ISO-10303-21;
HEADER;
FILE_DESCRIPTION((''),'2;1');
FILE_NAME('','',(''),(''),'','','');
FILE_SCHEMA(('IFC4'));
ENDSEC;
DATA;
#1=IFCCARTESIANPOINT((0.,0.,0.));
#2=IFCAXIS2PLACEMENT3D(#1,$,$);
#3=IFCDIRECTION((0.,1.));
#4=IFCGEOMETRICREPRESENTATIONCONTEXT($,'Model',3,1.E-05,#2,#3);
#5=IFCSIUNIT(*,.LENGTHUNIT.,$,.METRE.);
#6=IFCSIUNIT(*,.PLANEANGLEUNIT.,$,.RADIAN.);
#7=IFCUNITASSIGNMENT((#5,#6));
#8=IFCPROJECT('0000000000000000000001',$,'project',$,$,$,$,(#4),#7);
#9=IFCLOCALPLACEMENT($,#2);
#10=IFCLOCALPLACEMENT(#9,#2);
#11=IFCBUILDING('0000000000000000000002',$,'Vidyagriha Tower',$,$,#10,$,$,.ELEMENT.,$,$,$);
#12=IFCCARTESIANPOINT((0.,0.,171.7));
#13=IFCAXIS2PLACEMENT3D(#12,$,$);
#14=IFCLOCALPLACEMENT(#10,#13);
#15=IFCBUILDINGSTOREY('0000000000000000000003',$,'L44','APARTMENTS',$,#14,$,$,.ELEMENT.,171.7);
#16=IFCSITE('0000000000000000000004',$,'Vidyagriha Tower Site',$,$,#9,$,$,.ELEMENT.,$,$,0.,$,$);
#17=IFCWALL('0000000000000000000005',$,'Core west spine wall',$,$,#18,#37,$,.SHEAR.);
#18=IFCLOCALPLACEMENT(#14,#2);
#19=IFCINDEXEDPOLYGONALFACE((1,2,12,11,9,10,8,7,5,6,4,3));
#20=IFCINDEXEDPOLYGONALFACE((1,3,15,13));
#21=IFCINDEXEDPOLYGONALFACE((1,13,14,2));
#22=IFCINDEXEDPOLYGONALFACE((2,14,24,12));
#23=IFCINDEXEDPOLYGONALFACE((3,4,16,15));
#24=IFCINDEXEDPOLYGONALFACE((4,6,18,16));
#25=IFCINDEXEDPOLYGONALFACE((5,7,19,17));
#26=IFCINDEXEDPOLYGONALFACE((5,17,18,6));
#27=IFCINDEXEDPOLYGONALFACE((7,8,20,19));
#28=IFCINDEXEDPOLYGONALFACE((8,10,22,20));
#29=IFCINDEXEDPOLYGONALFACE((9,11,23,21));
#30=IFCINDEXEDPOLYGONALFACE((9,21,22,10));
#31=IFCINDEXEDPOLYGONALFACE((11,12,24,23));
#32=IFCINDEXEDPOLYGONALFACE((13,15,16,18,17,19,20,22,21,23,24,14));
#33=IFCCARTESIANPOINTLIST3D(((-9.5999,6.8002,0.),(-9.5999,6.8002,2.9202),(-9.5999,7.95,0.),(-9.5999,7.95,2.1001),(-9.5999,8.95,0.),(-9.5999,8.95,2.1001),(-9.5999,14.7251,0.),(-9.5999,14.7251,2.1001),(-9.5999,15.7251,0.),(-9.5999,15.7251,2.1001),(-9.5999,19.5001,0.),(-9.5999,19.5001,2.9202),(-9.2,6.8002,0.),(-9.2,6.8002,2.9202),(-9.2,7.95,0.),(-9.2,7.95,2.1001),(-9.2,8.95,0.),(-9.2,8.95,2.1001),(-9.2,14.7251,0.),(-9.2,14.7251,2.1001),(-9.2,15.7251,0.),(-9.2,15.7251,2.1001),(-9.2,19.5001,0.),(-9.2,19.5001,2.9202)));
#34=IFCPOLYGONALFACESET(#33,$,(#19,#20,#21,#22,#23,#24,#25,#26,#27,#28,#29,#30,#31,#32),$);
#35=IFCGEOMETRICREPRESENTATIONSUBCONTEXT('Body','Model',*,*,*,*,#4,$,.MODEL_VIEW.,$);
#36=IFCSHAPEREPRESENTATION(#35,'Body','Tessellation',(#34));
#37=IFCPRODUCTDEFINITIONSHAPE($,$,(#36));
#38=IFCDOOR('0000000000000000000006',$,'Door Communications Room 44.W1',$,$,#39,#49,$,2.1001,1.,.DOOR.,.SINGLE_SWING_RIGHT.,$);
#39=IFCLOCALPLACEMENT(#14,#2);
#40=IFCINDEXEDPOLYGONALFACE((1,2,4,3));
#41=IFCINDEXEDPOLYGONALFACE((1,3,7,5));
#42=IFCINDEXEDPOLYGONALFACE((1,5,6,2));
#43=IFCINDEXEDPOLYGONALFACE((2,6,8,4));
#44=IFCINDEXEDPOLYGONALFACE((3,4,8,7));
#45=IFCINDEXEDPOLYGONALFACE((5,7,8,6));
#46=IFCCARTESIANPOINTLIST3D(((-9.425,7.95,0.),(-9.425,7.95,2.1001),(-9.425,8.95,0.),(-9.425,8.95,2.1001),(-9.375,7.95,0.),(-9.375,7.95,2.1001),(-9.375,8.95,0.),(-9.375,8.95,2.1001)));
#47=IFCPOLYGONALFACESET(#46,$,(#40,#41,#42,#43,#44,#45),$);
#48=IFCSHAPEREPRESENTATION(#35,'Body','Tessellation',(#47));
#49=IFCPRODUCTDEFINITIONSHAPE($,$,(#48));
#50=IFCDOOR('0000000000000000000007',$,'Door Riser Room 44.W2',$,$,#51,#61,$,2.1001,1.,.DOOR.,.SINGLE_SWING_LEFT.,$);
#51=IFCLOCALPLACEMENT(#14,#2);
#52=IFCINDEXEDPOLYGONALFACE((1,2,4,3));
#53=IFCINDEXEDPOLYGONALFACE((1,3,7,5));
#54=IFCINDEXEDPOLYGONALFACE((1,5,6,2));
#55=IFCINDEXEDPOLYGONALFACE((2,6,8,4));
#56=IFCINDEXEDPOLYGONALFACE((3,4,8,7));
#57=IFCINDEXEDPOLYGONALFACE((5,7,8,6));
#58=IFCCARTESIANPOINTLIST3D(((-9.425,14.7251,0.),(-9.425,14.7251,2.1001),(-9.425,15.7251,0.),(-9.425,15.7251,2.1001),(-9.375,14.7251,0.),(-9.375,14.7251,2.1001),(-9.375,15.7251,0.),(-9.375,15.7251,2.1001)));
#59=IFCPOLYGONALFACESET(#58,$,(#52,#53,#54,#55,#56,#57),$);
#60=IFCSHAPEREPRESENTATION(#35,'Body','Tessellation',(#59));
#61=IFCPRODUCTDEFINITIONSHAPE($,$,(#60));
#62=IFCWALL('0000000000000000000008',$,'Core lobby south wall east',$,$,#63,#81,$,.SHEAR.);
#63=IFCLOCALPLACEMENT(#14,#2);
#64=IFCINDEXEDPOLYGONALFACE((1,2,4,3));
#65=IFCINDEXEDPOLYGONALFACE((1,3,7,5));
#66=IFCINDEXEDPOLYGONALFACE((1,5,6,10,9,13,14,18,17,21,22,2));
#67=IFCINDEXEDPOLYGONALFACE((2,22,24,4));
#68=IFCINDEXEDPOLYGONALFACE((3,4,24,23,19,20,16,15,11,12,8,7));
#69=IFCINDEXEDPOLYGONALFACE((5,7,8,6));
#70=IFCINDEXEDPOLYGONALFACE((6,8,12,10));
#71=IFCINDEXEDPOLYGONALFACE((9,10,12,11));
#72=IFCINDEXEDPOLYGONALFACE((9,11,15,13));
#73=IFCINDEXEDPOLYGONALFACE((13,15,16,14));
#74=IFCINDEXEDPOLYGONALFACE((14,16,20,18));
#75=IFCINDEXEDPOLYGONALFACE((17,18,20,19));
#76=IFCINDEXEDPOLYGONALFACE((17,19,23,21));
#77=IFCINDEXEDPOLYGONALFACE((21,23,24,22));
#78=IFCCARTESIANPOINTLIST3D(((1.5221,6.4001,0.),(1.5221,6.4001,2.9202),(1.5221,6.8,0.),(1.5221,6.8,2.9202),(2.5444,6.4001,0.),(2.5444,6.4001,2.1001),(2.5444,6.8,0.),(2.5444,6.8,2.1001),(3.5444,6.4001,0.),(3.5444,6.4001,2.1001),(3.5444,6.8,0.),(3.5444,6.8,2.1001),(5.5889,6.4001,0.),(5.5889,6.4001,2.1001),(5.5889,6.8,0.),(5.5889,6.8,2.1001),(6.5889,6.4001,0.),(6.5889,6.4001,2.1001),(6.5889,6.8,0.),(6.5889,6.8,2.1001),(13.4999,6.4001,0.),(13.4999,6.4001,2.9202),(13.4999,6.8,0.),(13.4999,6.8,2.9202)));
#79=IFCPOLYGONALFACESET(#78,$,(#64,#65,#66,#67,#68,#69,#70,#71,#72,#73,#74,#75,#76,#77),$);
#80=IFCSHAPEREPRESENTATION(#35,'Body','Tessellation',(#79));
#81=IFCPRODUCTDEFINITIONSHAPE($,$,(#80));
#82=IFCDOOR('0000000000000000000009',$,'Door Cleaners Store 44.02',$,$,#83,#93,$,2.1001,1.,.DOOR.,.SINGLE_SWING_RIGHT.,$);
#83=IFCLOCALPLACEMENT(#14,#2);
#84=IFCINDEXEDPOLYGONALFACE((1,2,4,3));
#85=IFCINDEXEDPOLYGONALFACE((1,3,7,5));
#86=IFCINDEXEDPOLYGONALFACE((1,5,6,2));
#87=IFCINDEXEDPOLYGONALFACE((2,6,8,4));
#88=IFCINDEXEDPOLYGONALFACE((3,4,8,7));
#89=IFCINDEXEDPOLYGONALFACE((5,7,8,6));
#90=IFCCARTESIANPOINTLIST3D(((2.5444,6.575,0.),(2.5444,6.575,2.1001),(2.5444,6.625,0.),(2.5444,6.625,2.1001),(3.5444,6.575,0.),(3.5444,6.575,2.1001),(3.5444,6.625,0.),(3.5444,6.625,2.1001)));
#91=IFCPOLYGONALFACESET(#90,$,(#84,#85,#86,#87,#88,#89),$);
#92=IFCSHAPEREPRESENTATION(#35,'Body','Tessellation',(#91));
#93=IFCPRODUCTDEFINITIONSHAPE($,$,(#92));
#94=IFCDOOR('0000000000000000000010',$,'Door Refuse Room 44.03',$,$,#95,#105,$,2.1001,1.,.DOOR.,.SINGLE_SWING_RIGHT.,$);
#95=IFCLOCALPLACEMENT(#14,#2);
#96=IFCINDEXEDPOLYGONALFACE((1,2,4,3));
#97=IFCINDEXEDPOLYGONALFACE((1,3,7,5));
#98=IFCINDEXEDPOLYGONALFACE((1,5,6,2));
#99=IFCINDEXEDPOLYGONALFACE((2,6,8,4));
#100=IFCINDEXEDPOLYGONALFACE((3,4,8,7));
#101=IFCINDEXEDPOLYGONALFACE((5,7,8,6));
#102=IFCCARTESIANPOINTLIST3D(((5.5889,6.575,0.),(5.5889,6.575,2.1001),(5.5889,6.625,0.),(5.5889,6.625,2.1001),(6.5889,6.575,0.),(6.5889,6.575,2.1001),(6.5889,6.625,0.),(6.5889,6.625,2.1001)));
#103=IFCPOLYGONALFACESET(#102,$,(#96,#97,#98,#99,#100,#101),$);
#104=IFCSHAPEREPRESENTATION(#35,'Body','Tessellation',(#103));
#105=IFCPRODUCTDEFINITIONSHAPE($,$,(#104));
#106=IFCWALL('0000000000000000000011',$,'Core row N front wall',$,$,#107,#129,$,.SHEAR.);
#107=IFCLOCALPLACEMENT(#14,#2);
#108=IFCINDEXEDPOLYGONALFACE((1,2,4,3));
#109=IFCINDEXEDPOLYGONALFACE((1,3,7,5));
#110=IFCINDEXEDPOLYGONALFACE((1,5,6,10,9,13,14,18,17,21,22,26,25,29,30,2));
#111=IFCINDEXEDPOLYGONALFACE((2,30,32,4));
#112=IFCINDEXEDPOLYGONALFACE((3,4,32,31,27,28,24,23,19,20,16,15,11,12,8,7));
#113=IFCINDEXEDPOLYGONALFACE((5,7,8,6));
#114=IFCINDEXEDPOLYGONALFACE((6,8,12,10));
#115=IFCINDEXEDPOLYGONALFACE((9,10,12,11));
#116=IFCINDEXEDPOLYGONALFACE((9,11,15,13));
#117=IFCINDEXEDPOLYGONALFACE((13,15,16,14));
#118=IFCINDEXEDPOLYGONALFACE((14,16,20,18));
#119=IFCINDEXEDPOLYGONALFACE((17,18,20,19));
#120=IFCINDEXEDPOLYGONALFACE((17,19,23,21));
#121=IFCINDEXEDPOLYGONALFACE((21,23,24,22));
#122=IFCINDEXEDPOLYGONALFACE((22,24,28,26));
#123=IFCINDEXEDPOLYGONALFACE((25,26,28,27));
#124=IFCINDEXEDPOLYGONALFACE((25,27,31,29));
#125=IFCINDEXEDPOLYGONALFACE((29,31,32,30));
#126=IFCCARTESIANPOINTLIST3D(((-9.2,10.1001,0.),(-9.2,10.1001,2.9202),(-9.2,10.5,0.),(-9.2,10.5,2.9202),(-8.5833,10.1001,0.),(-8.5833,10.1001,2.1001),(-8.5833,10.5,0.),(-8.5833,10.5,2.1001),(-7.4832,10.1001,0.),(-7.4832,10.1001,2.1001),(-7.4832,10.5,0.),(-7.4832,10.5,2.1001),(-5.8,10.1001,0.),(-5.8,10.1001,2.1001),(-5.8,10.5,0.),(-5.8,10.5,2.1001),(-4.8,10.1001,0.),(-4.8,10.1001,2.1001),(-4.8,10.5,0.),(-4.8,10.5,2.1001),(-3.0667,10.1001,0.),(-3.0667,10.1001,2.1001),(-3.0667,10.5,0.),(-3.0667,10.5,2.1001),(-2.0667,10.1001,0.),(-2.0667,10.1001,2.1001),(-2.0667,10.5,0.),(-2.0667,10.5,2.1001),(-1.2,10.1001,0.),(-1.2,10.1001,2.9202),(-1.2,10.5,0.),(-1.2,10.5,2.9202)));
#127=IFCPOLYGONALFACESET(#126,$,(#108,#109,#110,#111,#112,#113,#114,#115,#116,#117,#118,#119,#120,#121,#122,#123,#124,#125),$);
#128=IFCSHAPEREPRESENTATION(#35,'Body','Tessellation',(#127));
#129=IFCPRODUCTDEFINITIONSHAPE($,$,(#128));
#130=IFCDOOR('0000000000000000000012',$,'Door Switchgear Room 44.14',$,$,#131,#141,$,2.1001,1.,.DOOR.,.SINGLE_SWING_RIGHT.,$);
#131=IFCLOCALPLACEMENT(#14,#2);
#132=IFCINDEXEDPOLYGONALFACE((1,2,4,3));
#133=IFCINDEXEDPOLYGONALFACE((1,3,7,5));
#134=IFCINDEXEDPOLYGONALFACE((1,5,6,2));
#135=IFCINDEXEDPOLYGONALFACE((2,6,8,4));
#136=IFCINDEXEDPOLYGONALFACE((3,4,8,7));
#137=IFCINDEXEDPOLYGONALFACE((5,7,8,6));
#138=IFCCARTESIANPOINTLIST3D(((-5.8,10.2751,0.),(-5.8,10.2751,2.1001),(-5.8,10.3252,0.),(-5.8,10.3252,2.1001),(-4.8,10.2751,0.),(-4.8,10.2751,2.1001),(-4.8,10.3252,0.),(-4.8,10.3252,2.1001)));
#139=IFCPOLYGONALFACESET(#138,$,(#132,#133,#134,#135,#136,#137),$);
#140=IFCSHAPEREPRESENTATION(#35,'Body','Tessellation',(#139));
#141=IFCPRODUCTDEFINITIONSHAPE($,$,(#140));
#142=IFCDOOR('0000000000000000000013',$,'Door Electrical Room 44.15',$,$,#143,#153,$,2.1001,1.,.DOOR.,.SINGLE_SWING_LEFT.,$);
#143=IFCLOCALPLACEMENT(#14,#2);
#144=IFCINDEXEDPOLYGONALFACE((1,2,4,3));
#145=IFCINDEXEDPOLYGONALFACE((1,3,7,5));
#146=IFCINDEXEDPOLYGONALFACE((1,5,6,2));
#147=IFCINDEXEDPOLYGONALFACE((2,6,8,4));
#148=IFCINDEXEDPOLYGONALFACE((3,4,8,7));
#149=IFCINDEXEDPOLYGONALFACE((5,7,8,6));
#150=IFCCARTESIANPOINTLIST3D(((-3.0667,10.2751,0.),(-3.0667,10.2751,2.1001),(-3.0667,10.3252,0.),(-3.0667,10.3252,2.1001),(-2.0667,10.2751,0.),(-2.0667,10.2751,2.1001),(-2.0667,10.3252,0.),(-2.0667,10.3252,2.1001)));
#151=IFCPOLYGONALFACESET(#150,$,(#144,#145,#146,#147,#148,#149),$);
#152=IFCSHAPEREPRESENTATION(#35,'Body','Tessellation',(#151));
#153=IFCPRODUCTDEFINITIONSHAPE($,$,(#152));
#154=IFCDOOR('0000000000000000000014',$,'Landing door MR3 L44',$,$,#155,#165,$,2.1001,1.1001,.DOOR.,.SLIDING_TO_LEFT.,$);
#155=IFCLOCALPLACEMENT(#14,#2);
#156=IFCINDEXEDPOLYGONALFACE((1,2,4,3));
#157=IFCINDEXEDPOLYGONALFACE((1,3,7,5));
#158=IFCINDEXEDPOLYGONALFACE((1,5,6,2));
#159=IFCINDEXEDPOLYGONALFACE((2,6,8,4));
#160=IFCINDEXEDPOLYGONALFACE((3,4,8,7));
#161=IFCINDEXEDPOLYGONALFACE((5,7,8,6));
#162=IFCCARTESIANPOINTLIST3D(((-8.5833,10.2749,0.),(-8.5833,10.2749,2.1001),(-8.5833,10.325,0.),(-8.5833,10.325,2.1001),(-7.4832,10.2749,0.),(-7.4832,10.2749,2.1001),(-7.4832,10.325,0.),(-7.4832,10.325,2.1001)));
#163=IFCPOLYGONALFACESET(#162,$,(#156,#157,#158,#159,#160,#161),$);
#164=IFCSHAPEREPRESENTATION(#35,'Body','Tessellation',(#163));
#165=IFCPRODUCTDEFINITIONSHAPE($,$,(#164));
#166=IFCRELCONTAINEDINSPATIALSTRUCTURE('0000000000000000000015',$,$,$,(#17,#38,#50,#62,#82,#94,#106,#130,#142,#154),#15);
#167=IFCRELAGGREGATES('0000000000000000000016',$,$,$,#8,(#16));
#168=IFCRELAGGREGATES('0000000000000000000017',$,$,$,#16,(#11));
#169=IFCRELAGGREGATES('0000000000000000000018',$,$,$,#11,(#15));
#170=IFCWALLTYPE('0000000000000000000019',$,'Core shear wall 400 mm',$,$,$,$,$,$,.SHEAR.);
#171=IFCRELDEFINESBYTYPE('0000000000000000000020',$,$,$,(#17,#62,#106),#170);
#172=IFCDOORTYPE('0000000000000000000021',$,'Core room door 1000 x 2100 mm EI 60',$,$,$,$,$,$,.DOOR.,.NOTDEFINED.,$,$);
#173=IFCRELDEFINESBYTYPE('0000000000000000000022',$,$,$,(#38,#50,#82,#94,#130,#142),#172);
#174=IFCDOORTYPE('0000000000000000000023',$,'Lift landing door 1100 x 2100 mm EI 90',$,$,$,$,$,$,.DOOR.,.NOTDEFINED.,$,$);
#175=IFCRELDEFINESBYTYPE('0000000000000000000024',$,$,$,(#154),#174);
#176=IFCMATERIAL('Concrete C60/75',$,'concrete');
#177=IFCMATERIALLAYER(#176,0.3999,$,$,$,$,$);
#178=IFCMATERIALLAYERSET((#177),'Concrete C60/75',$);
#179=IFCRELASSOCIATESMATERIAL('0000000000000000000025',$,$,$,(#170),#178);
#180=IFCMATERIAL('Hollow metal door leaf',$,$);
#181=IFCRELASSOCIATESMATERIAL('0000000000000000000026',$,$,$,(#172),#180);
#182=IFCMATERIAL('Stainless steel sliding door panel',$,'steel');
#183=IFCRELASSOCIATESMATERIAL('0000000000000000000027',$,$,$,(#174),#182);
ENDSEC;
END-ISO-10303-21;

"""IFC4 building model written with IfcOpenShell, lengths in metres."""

from ifc_helpers import new_model, si_unit, direction, frame, frame_2d, origin, place, context, subcontext, project, spatial, rectangle, extrude, material, layer, layer_set, type_object, element, fill, save


model = new_model("IFC4")

# Units and contexts
model_context = context("Model", 3, precision=1e-05, world=origin(), true_north=direction((0.0, 1.0)))
body_context = subcontext(model_context, "Body", "Model", "MODEL_VIEW")
ifc_project = project(units=[si_unit("LENGTHUNIT", "METRE"), si_unit("PLANEANGLEUNIT", "RADIAN")], contexts=[model_context])

# Site, building, storey
site_placement = place(None, origin())
site = spatial("IfcSite", under=ifc_project, at=site_placement, Name="Vidyagriha Tower Site", CompositionType="ELEMENT", RefElevation=0.0)
building_placement = place(site_placement, origin())
building = spatial("IfcBuilding", under=site, at=building_placement, Name="Vidyagriha Tower", CompositionType="ELEMENT")
storey_placement = place(building_placement, frame((0.0, 0.0, 171.7)))
storey = spatial("IfcBuildingStorey", under=building, at=storey_placement, Name="L44", Description="APARTMENTS", CompositionType="ELEMENT", Elevation=171.7)

# Walls, openings, doors
ifc_material_1 = material(Name="Concrete C60/75", Category="concrete")
ifc_layer_1 = layer(ifc_material_1, 0.3999)
ifc_layer_set_1 = layer_set([ifc_layer_1], Name="Concrete C60/75")
wall_type_1 = type_object("IfcWallType", Name="Core shear wall 400 mm", PredefinedType="SHEAR", material=ifc_layer_set_1)
wall_1_placement = place(storey_placement, frame((-9.3999, 6.8, 0.0), z_axis=(0.0, 0.0, 1.0), x_axis=(0.0, 1.0, 0.0)))
wall_1 = element("IfcWall", 1, at=wall_1_placement, inside=storey, type_object=wall_type_1, Name="Core west spine wall", PredefinedType="SHEAR", context=body_context, shape_type="SweptSolid", body=[
    extrude(rectangle(XDim=12.7, YDim=0.3999, at=frame_2d((6.3501, 0.0))), origin(), (0.0, 0.0, 1.0), 2.9202),
])
opening_1_placement = place(wall_1_placement, frame((1.1499, 0.0, 0.0)))
opening_1 = element("IfcOpeningElement", 2, at=opening_1_placement, cuts=wall_1, PredefinedType="OPENING", context=body_context, shape_type="SweptSolid", body=[
    extrude(rectangle(XDim=1.0, YDim=2.1001, at=frame_2d((0.5, 1.05))), frame((0.0, 0.21, 0.0), z_axis=(0.0, -1.0, 0.0), x_axis=(1.0, 0.0, 0.0)), (0.0, 0.0, 1.0), 0.4199),
])
opening_2_placement = place(wall_1_placement, frame((7.925, 0.0, 0.0)))
opening_2 = element("IfcOpeningElement", 3, at=opening_2_placement, cuts=wall_1, PredefinedType="OPENING", context=body_context, shape_type="SweptSolid", body=[
    extrude(rectangle(XDim=1.0, YDim=2.1001, at=frame_2d((0.5, 1.05))), frame((0.0, 0.21, 0.0), z_axis=(0.0, -1.0, 0.0), x_axis=(1.0, 0.0, 0.0)), (0.0, 0.0, 1.0), 0.4199),
])
ifc_material_2 = material(Name="Hollow metal door leaf")
door_type_1 = type_object("IfcDoorType", Name="Core room door 1000 x 2100 mm EI 60", OperationType="NOTDEFINED", PredefinedType="DOOR", material=ifc_material_2)
door_1_placement = place(opening_1_placement, frame((1.0, 0.0, 0.0), z_axis=(0.0, 0.0, 1.0), x_axis=(-1.0, 0.0, 0.0)))
door_1 = element("IfcDoor", 4, at=door_1_placement, inside=storey, type_object=door_type_1, Name="Door Communications Room 44.W1", OperationType="SINGLE_SWING_RIGHT", OverallHeight=2.1001, OverallWidth=1.0, PredefinedType="DOOR", context=body_context, shape_type="SweptSolid", body=[
    extrude(rectangle(XDim=1.0, YDim=2.1001, at=frame_2d((0.5, 1.05))), frame((0.0, 0.0249, 0.0), z_axis=(0.0, -1.0, 0.0), x_axis=(1.0, 0.0, 0.0)), (0.0, 0.0, 1.0), 0.05),
])
fill(opening_1, door_1)
door_2_placement = place(opening_2_placement, frame((1.0, 0.0, 0.0), z_axis=(0.0, 0.0, 1.0), x_axis=(-1.0, 0.0, 0.0)))
door_2 = element("IfcDoor", 5, at=door_2_placement, inside=storey, type_object=door_type_1, Name="Door Riser Room 44.W2", OperationType="SINGLE_SWING_LEFT", OverallHeight=2.1001, OverallWidth=1.0, PredefinedType="DOOR", context=body_context, shape_type="SweptSolid", body=[
    extrude(rectangle(XDim=1.0, YDim=2.1001, at=frame_2d((0.5, 1.05))), frame((0.0, 0.0249, 0.0), z_axis=(0.0, -1.0, 0.0), x_axis=(1.0, 0.0, 0.0)), (0.0, 0.0, 1.0), 0.05),
])
fill(opening_2, door_2)
wall_2_placement = place(storey_placement, frame((1.5222, 6.6001, 0.0)))
wall_2 = element("IfcWall", 6, at=wall_2_placement, inside=storey, type_object=wall_type_1, Name="Core lobby south wall east", PredefinedType="SHEAR", context=body_context, shape_type="SweptSolid", body=[
    extrude(rectangle(XDim=11.9778, YDim=0.3999, at=frame_2d((5.9888, 0.0))), origin(), (0.0, 0.0, 1.0), 2.9202),
])
opening_3_placement = place(wall_2_placement, frame((1.0222, 0.0, 0.0)))
opening_3 = element("IfcOpeningElement", 7, at=opening_3_placement, cuts=wall_2, PredefinedType="OPENING", context=body_context, shape_type="SweptSolid", body=[
    extrude(rectangle(XDim=1.0, YDim=2.1001, at=frame_2d((0.5, 1.05))), frame((0.0, 0.21, 0.0), z_axis=(0.0, -1.0, 0.0), x_axis=(1.0, 0.0, 0.0)), (0.0, 0.0, 1.0), 0.4199),
])
opening_4_placement = place(wall_2_placement, frame((4.0667, 0.0, 0.0)))
opening_4 = element("IfcOpeningElement", 8, at=opening_4_placement, cuts=wall_2, PredefinedType="OPENING", context=body_context, shape_type="SweptSolid", body=[
    extrude(rectangle(XDim=1.0, YDim=2.1001, at=frame_2d((0.5, 1.05))), frame((0.0, 0.21, 0.0), z_axis=(0.0, -1.0, 0.0), x_axis=(1.0, 0.0, 0.0)), (0.0, 0.0, 1.0), 0.4199),
])
door_3_placement = place(opening_3_placement, origin())
door_3 = element("IfcDoor", 9, at=door_3_placement, inside=storey, type_object=door_type_1, Name="Door Cleaners Store 44.02", OperationType="SINGLE_SWING_RIGHT", OverallHeight=2.1001, OverallWidth=1.0, PredefinedType="DOOR", context=body_context, shape_type="SweptSolid", body=[
    extrude(rectangle(XDim=1.0, YDim=2.1001, at=frame_2d((0.5, 1.05))), frame((0.0, 0.0249, 0.0), z_axis=(0.0, -1.0, 0.0), x_axis=(1.0, 0.0, 0.0)), (0.0, 0.0, 1.0), 0.05),
])
fill(opening_3, door_3)
door_4_placement = place(opening_4_placement, origin())
door_4 = element("IfcDoor", 10, at=door_4_placement, inside=storey, type_object=door_type_1, Name="Door Refuse Room 44.03", OperationType="SINGLE_SWING_RIGHT", OverallHeight=2.1001, OverallWidth=1.0, PredefinedType="DOOR", context=body_context, shape_type="SweptSolid", body=[
    extrude(rectangle(XDim=1.0, YDim=2.1001, at=frame_2d((0.5, 1.05))), frame((0.0, 0.0249, 0.0), z_axis=(0.0, -1.0, 0.0), x_axis=(1.0, 0.0, 0.0)), (0.0, 0.0, 1.0), 0.05),
])
fill(opening_4, door_4)
wall_3_placement = place(storey_placement, frame((-9.2, 10.3, 0.0)))
wall_3 = element("IfcWall", 11, at=wall_3_placement, inside=storey, type_object=wall_type_1, Name="Core row N front wall", PredefinedType="SHEAR", context=body_context, shape_type="SweptSolid", body=[
    extrude(rectangle(XDim=8.0, YDim=0.3999, at=frame_2d((4.0, 0.0))), origin(), (0.0, 0.0, 1.0), 2.9202),
])
opening_5_placement = place(wall_3_placement, frame((0.6167, 0.0, 0.0)))
opening_5 = element("IfcOpeningElement", 12, at=opening_5_placement, cuts=wall_3, PredefinedType="OPENING", context=body_context, shape_type="SweptSolid", body=[
    extrude(rectangle(XDim=1.1001, YDim=2.1001, at=frame_2d((0.55, 1.05))), frame((0.0, 0.21, 0.0), z_axis=(0.0, -1.0, 0.0), x_axis=(1.0, 0.0, 0.0)), (0.0, 0.0, 1.0), 0.4199),
])
opening_6_placement = place(wall_3_placement, frame((3.3999, 0.0, 0.0)))
opening_6 = element("IfcOpeningElement", 13, at=opening_6_placement, cuts=wall_3, PredefinedType="OPENING", context=body_context, shape_type="SweptSolid", body=[
    extrude(rectangle(XDim=1.0, YDim=2.1001, at=frame_2d((0.5, 1.05))), frame((0.0, 0.21, 0.0), z_axis=(0.0, -1.0, 0.0), x_axis=(1.0, 0.0, 0.0)), (0.0, 0.0, 1.0), 0.4199),
])
opening_7_placement = place(wall_3_placement, frame((6.1333, 0.0, 0.0)))
opening_7 = element("IfcOpeningElement", 14, at=opening_7_placement, cuts=wall_3, PredefinedType="OPENING", context=body_context, shape_type="SweptSolid", body=[
    extrude(rectangle(XDim=1.0, YDim=2.1001, at=frame_2d((0.5, 1.05))), frame((0.0, 0.21, 0.0), z_axis=(0.0, -1.0, 0.0), x_axis=(1.0, 0.0, 0.0)), (0.0, 0.0, 1.0), 0.4199),
])
door_5_placement = place(opening_6_placement, frame((1.0, 0.0, 0.0), z_axis=(0.0, 0.0, 1.0), x_axis=(-1.0, 0.0, 0.0)))
door_5 = element("IfcDoor", 15, at=door_5_placement, inside=storey, type_object=door_type_1, Name="Door Switchgear Room 44.14", OperationType="SINGLE_SWING_RIGHT", OverallHeight=2.1001, OverallWidth=1.0, PredefinedType="DOOR", context=body_context, shape_type="SweptSolid", body=[
    extrude(rectangle(XDim=1.0, YDim=2.1001, at=frame_2d((0.5, 1.05))), frame((0.0, 0.0249, 0.0), z_axis=(0.0, -1.0, 0.0), x_axis=(1.0, 0.0, 0.0)), (0.0, 0.0, 1.0), 0.05),
])
fill(opening_6, door_5)
door_6_placement = place(opening_7_placement, frame((1.0, 0.0, 0.0), z_axis=(0.0, 0.0, 1.0), x_axis=(-1.0, 0.0, 0.0)))
door_6 = element("IfcDoor", 16, at=door_6_placement, inside=storey, type_object=door_type_1, Name="Door Electrical Room 44.15", OperationType="SINGLE_SWING_LEFT", OverallHeight=2.1001, OverallWidth=1.0, PredefinedType="DOOR", context=body_context, shape_type="SweptSolid", body=[
    extrude(rectangle(XDim=1.0, YDim=2.1001, at=frame_2d((0.5, 1.05))), frame((0.0, 0.0249, 0.0), z_axis=(0.0, -1.0, 0.0), x_axis=(1.0, 0.0, 0.0)), (0.0, 0.0, 1.0), 0.05),
])
fill(opening_7, door_6)
ifc_material_3 = material(Name="Stainless steel sliding door panel", Category="steel")
door_type_2 = type_object("IfcDoorType", Name="Lift landing door 1100 x 2100 mm EI 90", OperationType="NOTDEFINED", PredefinedType="DOOR", material=ifc_material_3)
door_7_placement = place(opening_5_placement, origin())
door_7 = element("IfcDoor", 17, at=door_7_placement, inside=storey, type_object=door_type_2, Name="Landing door MR3 L44", OperationType="SLIDING_TO_LEFT", OverallHeight=2.1001, OverallWidth=1.1001, PredefinedType="DOOR", context=body_context, shape_type="SweptSolid", body=[
    extrude(rectangle(XDim=1.1001, YDim=2.1001, at=frame_2d((0.55, 1.05))), frame((0.0, 0.0249, 0.0), z_axis=(0.0, -1.0, 0.0), x_axis=(1.0, 0.0, 0.0)), (0.0, 0.0, 1.0), 0.05),
])
fill(opening_5, door_7)

save(model, "model.ifc")
